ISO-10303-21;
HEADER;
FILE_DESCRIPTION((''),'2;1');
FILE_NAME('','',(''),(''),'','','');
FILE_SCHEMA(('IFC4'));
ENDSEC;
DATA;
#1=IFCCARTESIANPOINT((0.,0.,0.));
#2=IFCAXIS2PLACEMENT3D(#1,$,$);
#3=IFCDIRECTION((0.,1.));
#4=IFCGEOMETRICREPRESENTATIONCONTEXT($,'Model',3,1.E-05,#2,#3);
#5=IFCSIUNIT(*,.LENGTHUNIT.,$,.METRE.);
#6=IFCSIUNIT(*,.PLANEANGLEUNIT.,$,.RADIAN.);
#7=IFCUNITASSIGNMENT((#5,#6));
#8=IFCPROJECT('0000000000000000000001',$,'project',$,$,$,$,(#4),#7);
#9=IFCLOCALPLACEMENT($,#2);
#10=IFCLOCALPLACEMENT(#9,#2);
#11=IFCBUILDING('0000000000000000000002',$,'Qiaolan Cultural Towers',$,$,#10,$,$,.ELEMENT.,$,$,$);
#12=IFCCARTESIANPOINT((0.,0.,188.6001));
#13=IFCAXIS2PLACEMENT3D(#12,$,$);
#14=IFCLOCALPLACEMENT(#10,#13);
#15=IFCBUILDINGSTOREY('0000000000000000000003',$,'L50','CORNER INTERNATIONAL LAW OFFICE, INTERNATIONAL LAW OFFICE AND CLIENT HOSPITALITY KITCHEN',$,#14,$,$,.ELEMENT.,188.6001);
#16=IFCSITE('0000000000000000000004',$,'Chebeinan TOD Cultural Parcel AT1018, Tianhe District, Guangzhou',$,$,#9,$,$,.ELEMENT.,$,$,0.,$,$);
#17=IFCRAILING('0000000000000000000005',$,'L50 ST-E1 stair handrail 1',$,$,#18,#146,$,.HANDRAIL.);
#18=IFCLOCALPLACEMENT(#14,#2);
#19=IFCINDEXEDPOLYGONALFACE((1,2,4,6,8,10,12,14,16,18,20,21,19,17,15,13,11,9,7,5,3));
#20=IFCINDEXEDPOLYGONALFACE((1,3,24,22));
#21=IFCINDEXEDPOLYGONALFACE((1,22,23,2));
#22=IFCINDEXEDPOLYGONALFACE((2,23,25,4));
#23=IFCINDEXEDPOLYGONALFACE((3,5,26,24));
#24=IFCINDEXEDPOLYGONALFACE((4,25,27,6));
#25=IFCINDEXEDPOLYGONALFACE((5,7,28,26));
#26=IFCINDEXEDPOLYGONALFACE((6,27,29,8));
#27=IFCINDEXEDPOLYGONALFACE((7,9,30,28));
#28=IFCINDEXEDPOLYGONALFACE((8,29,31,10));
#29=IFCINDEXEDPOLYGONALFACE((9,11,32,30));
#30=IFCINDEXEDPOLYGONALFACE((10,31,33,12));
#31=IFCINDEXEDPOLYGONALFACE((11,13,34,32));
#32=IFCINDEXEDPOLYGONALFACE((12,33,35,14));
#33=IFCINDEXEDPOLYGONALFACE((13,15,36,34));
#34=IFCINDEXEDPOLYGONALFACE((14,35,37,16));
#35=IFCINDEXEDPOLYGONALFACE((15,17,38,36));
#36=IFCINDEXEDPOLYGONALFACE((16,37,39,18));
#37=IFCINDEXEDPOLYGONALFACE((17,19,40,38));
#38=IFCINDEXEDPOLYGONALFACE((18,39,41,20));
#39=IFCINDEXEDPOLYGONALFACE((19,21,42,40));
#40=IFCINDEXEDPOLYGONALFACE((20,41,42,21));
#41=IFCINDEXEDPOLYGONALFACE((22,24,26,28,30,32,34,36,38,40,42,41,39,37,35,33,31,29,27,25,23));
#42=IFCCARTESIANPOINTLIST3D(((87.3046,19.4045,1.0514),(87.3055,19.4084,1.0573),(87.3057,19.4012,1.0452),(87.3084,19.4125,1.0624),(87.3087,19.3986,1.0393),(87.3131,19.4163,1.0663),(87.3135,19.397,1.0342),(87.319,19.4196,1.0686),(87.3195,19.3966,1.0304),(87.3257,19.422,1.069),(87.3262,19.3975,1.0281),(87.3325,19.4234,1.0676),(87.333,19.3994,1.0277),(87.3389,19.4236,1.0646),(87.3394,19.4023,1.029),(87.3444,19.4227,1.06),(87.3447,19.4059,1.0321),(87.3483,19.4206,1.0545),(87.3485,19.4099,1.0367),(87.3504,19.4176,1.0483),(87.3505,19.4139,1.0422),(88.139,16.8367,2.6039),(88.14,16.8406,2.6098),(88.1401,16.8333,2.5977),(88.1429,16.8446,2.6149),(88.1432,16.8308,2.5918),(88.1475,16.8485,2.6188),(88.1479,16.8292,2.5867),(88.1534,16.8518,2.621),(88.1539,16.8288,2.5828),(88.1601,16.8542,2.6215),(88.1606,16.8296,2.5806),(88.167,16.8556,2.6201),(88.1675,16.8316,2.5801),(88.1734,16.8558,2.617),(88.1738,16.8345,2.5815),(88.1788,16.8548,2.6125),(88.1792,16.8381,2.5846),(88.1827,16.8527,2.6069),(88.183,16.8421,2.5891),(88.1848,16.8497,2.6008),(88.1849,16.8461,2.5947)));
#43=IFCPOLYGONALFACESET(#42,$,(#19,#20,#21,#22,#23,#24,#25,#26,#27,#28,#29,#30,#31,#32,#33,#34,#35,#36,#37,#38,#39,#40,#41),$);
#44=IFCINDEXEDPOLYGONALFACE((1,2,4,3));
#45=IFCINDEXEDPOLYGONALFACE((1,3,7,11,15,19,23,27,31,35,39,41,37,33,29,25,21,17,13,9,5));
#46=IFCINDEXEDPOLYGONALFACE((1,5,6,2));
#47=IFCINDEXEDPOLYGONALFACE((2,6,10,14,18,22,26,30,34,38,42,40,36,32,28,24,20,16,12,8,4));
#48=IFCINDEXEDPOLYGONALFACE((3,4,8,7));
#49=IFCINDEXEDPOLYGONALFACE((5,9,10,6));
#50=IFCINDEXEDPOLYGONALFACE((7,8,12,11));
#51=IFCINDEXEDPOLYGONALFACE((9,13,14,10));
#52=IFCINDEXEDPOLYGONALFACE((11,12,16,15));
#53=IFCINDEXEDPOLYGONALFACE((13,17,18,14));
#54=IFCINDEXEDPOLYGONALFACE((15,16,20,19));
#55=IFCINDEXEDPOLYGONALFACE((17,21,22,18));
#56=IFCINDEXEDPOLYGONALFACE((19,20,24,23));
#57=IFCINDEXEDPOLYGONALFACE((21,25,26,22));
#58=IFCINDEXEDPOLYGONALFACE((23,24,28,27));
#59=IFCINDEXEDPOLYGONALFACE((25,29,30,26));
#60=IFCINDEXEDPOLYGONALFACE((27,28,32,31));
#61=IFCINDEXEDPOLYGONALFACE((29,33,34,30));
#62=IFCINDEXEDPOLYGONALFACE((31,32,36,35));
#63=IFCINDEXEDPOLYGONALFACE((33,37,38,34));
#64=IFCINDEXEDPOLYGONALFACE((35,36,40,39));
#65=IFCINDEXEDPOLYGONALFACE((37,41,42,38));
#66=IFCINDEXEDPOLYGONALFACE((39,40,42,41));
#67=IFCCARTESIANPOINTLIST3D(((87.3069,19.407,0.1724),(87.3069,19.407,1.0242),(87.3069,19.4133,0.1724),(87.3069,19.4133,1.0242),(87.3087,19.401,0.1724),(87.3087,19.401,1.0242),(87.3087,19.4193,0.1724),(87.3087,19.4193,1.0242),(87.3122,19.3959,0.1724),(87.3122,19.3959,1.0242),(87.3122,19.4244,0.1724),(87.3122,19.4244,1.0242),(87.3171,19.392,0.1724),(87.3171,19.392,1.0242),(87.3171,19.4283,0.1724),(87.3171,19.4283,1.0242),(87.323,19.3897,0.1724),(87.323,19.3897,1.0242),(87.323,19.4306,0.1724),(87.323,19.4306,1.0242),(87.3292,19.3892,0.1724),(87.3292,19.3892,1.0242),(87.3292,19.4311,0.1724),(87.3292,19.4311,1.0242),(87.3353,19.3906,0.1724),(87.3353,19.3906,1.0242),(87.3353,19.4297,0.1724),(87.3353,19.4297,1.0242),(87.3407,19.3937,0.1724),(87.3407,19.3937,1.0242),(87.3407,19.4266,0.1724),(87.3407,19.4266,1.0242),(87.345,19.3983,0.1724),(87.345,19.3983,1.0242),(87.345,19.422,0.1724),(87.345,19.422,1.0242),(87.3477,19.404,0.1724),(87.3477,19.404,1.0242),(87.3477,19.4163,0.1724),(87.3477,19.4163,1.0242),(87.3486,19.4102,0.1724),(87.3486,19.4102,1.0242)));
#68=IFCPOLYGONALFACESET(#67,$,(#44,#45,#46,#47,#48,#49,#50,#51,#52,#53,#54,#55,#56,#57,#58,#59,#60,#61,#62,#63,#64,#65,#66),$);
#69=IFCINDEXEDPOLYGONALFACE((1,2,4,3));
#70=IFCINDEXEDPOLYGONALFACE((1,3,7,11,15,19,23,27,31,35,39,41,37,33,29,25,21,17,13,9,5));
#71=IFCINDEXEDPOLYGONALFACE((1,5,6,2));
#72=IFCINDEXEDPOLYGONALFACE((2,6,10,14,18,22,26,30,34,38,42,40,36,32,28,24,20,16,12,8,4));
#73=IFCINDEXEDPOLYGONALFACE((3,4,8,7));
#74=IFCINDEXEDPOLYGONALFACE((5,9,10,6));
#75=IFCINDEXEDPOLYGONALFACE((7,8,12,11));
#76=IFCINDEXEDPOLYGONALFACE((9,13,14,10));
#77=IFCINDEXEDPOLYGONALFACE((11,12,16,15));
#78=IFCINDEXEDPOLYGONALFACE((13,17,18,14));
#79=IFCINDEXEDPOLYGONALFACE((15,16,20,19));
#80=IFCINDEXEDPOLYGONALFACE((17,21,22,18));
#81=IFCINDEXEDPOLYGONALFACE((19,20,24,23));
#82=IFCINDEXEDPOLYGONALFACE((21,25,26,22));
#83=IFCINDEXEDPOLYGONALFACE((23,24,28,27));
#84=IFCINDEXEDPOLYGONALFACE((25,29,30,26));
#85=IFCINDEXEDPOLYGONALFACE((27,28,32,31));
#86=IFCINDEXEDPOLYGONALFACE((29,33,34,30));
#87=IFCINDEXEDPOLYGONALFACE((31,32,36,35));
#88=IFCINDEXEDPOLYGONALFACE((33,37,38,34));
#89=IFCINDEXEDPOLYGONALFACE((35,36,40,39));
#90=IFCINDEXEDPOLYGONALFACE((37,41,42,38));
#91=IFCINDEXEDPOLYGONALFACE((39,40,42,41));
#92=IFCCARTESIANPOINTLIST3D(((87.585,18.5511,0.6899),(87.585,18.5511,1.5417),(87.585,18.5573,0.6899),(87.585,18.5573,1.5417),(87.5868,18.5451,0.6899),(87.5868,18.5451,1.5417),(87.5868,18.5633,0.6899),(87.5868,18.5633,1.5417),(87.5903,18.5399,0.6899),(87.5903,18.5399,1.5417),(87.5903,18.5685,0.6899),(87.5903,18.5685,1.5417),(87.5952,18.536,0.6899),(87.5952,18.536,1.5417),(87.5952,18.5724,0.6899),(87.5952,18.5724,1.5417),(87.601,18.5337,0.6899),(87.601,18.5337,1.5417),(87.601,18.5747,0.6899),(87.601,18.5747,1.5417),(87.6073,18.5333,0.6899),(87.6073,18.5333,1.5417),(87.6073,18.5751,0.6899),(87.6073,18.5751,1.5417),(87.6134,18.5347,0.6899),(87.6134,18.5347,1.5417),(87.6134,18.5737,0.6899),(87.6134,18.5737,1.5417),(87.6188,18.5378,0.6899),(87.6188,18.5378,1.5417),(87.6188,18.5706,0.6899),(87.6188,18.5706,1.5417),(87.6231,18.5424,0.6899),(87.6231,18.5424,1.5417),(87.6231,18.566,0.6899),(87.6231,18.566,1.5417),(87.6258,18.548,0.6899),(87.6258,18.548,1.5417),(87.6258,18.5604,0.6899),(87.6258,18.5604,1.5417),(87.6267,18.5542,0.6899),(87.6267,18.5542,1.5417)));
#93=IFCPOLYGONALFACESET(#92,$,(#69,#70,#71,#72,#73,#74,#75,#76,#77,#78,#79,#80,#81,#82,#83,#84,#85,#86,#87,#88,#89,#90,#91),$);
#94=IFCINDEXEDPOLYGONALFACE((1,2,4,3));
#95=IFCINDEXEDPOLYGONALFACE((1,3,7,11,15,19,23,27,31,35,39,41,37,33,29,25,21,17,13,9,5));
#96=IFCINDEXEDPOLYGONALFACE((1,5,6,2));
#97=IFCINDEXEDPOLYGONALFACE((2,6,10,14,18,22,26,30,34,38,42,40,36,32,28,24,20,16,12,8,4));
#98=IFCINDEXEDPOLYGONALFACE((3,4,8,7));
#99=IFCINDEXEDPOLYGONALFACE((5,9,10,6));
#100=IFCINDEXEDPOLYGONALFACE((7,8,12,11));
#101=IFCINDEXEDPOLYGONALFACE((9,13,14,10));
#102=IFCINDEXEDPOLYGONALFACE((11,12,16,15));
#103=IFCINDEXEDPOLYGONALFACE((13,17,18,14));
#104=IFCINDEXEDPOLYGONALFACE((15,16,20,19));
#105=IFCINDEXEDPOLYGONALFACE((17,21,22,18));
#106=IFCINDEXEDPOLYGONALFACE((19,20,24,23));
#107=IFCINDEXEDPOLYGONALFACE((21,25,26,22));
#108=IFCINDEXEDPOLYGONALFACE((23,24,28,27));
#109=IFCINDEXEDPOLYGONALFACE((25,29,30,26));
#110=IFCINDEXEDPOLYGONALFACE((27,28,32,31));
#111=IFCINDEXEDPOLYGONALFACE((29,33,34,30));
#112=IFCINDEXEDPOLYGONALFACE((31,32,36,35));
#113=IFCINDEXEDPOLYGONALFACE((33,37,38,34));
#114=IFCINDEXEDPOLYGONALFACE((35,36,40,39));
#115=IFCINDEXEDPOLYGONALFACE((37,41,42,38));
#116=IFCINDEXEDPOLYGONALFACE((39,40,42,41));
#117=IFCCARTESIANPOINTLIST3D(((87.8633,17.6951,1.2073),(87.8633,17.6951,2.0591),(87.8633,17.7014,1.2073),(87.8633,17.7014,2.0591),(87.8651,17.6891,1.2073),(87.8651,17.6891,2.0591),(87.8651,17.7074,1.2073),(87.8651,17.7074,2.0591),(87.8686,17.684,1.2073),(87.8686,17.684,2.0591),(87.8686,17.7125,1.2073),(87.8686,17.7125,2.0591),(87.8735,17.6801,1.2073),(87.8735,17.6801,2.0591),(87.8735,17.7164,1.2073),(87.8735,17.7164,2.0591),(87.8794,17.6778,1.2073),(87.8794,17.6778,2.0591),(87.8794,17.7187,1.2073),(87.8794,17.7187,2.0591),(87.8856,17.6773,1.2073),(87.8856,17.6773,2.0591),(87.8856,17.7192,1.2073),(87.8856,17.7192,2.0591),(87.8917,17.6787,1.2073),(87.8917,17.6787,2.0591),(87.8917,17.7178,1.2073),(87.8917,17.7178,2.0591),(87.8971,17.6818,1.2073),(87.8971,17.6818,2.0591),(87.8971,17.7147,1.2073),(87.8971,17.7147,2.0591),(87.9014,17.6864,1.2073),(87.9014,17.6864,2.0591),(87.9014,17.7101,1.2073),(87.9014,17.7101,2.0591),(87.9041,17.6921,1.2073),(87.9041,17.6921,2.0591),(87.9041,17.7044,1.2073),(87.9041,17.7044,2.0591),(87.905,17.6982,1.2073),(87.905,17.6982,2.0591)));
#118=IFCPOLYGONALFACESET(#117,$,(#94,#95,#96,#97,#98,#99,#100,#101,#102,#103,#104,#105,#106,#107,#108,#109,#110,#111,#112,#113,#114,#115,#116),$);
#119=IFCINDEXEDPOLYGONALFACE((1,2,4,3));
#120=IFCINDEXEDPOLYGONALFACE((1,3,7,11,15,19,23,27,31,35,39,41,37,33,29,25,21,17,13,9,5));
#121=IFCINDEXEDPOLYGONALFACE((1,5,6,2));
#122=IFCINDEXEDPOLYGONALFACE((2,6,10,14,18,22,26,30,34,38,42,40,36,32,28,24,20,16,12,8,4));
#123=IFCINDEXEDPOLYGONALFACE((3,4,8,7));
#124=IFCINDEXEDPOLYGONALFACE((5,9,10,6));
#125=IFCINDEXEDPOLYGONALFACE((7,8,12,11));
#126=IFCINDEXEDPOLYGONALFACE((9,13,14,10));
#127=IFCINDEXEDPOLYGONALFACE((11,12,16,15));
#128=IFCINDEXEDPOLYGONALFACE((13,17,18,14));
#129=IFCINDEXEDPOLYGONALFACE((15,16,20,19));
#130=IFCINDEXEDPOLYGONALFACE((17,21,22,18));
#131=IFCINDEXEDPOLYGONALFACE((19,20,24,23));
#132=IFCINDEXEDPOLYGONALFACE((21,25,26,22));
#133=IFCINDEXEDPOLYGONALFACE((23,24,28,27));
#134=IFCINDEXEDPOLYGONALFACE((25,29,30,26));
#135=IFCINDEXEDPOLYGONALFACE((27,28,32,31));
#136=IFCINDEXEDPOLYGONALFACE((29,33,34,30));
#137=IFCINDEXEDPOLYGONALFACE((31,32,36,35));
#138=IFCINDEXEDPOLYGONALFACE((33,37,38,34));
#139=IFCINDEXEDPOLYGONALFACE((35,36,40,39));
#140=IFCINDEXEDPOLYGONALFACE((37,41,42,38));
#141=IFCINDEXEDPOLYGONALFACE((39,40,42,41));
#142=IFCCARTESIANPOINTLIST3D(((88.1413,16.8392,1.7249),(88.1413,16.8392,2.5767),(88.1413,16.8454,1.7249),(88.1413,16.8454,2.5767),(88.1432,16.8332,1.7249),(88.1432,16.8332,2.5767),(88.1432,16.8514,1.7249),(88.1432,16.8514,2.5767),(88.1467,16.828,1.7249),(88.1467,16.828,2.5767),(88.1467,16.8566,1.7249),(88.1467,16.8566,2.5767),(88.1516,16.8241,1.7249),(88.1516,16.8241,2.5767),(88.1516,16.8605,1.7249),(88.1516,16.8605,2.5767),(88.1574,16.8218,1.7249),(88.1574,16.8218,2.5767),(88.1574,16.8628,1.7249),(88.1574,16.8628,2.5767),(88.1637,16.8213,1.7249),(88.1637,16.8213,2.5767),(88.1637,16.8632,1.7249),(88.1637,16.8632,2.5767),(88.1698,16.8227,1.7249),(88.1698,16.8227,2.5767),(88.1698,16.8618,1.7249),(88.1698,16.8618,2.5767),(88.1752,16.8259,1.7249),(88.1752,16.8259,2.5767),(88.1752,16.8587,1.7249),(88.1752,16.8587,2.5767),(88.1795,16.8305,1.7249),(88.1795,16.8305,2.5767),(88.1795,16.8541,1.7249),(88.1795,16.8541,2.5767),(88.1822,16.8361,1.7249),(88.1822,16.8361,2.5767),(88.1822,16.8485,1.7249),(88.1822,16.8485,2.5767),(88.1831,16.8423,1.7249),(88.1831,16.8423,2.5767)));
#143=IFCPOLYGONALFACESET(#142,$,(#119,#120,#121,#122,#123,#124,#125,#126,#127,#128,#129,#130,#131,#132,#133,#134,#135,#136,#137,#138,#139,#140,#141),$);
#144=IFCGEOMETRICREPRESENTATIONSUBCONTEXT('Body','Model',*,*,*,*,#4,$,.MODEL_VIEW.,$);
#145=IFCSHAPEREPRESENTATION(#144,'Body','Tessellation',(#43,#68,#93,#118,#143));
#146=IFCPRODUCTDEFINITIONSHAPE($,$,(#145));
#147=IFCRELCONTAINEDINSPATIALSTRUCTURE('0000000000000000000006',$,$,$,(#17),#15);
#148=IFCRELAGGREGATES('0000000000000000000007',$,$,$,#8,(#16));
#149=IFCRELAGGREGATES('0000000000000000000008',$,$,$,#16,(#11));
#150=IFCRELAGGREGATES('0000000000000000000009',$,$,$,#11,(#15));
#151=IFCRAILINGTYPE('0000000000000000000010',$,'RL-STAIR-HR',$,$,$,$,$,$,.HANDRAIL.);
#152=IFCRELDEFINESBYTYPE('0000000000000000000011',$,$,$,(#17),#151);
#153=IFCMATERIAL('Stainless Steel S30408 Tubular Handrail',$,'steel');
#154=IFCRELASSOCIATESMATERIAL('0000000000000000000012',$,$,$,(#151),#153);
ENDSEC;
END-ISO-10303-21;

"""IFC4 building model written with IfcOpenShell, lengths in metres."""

from ifc_helpers import new_model, si_unit, direction, frame, origin, origin_2d, place, context, subcontext, project, spatial, circle, extrude, material, type_object, element, save


model = new_model("IFC4")

# Units and contexts
model_context = context("Model", 3, precision=1e-05, world=origin(), true_north=direction((0.0, 1.0)))
body_context = subcontext(model_context, "Body", "Model", "MODEL_VIEW")
ifc_project = project(units=[si_unit("LENGTHUNIT", "METRE"), si_unit("PLANEANGLEUNIT", "RADIAN")], contexts=[model_context])

# Site, building, storey
site_placement = place(None, origin())
site = spatial("IfcSite", under=ifc_project, at=site_placement, Name="Chebeinan TOD Cultural Parcel AT1018, Tianhe District, Guangzhou", CompositionType="ELEMENT", RefElevation=0.0)
building_placement = place(site_placement, origin())
building = spatial("IfcBuilding", under=site, at=building_placement, Name="Qiaolan Cultural Towers", CompositionType="ELEMENT")
storey_placement = place(building_placement, frame((0.0, 0.0, 188.6001)))
storey = spatial("IfcBuildingStorey", under=building, at=storey_placement, Name="L50", Description="CORNER INTERNATIONAL LAW OFFICE, INTERNATIONAL LAW OFFICE AND CLIENT HOSPITALITY KITCHEN", CompositionType="ELEMENT", Elevation=188.6001)

# Railing
ifc_material_1 = material(Name="Stainless Steel S30408 Tubular Handrail", Category="steel")
railing_type_1 = type_object("IfcRailingType", Name="RL-STAIR-HR", PredefinedType="HANDRAIL", material=ifc_material_1)
railing_1_placement = place(storey_placement, frame((87.3276, 19.4102, 0.1724)))
element("IfcRailing", 1, at=railing_1_placement, inside=storey, type_object=railing_type_1, Name="L50 ST-E1 stair handrail 1", PredefinedType="HANDRAIL", context=body_context, shape_type="SweptSolid", body=[
    extrude(circle(Radius=0.0239, at=origin_2d()), frame((0.0, 0.0, 0.876), z_axis=(0.267926, -0.824471, 0.498461), x_axis=(0.951043, 0.309057, 0.0)), (0.0, 0.0, 1.0), 3.1145),
    extrude(circle(Radius=0.021, at=origin_2d()), origin(), (0.0, 0.0, 1.0), 0.8518),
    extrude(circle(Radius=0.021, at=origin_2d()), frame((0.2781, -0.856, 0.5176)), (0.0, 0.0, 1.0), 0.8518),
    extrude(circle(Radius=0.021, at=origin_2d()), frame((0.5564, -1.7119, 1.0349)), (0.0, 0.0, 1.0), 0.8518),
    extrude(circle(Radius=0.021, at=origin_2d()), frame((0.8345, -2.5679, 1.5525)), (0.0, 0.0, 1.0), 0.8518),
])

save(model, "model.ifc")
